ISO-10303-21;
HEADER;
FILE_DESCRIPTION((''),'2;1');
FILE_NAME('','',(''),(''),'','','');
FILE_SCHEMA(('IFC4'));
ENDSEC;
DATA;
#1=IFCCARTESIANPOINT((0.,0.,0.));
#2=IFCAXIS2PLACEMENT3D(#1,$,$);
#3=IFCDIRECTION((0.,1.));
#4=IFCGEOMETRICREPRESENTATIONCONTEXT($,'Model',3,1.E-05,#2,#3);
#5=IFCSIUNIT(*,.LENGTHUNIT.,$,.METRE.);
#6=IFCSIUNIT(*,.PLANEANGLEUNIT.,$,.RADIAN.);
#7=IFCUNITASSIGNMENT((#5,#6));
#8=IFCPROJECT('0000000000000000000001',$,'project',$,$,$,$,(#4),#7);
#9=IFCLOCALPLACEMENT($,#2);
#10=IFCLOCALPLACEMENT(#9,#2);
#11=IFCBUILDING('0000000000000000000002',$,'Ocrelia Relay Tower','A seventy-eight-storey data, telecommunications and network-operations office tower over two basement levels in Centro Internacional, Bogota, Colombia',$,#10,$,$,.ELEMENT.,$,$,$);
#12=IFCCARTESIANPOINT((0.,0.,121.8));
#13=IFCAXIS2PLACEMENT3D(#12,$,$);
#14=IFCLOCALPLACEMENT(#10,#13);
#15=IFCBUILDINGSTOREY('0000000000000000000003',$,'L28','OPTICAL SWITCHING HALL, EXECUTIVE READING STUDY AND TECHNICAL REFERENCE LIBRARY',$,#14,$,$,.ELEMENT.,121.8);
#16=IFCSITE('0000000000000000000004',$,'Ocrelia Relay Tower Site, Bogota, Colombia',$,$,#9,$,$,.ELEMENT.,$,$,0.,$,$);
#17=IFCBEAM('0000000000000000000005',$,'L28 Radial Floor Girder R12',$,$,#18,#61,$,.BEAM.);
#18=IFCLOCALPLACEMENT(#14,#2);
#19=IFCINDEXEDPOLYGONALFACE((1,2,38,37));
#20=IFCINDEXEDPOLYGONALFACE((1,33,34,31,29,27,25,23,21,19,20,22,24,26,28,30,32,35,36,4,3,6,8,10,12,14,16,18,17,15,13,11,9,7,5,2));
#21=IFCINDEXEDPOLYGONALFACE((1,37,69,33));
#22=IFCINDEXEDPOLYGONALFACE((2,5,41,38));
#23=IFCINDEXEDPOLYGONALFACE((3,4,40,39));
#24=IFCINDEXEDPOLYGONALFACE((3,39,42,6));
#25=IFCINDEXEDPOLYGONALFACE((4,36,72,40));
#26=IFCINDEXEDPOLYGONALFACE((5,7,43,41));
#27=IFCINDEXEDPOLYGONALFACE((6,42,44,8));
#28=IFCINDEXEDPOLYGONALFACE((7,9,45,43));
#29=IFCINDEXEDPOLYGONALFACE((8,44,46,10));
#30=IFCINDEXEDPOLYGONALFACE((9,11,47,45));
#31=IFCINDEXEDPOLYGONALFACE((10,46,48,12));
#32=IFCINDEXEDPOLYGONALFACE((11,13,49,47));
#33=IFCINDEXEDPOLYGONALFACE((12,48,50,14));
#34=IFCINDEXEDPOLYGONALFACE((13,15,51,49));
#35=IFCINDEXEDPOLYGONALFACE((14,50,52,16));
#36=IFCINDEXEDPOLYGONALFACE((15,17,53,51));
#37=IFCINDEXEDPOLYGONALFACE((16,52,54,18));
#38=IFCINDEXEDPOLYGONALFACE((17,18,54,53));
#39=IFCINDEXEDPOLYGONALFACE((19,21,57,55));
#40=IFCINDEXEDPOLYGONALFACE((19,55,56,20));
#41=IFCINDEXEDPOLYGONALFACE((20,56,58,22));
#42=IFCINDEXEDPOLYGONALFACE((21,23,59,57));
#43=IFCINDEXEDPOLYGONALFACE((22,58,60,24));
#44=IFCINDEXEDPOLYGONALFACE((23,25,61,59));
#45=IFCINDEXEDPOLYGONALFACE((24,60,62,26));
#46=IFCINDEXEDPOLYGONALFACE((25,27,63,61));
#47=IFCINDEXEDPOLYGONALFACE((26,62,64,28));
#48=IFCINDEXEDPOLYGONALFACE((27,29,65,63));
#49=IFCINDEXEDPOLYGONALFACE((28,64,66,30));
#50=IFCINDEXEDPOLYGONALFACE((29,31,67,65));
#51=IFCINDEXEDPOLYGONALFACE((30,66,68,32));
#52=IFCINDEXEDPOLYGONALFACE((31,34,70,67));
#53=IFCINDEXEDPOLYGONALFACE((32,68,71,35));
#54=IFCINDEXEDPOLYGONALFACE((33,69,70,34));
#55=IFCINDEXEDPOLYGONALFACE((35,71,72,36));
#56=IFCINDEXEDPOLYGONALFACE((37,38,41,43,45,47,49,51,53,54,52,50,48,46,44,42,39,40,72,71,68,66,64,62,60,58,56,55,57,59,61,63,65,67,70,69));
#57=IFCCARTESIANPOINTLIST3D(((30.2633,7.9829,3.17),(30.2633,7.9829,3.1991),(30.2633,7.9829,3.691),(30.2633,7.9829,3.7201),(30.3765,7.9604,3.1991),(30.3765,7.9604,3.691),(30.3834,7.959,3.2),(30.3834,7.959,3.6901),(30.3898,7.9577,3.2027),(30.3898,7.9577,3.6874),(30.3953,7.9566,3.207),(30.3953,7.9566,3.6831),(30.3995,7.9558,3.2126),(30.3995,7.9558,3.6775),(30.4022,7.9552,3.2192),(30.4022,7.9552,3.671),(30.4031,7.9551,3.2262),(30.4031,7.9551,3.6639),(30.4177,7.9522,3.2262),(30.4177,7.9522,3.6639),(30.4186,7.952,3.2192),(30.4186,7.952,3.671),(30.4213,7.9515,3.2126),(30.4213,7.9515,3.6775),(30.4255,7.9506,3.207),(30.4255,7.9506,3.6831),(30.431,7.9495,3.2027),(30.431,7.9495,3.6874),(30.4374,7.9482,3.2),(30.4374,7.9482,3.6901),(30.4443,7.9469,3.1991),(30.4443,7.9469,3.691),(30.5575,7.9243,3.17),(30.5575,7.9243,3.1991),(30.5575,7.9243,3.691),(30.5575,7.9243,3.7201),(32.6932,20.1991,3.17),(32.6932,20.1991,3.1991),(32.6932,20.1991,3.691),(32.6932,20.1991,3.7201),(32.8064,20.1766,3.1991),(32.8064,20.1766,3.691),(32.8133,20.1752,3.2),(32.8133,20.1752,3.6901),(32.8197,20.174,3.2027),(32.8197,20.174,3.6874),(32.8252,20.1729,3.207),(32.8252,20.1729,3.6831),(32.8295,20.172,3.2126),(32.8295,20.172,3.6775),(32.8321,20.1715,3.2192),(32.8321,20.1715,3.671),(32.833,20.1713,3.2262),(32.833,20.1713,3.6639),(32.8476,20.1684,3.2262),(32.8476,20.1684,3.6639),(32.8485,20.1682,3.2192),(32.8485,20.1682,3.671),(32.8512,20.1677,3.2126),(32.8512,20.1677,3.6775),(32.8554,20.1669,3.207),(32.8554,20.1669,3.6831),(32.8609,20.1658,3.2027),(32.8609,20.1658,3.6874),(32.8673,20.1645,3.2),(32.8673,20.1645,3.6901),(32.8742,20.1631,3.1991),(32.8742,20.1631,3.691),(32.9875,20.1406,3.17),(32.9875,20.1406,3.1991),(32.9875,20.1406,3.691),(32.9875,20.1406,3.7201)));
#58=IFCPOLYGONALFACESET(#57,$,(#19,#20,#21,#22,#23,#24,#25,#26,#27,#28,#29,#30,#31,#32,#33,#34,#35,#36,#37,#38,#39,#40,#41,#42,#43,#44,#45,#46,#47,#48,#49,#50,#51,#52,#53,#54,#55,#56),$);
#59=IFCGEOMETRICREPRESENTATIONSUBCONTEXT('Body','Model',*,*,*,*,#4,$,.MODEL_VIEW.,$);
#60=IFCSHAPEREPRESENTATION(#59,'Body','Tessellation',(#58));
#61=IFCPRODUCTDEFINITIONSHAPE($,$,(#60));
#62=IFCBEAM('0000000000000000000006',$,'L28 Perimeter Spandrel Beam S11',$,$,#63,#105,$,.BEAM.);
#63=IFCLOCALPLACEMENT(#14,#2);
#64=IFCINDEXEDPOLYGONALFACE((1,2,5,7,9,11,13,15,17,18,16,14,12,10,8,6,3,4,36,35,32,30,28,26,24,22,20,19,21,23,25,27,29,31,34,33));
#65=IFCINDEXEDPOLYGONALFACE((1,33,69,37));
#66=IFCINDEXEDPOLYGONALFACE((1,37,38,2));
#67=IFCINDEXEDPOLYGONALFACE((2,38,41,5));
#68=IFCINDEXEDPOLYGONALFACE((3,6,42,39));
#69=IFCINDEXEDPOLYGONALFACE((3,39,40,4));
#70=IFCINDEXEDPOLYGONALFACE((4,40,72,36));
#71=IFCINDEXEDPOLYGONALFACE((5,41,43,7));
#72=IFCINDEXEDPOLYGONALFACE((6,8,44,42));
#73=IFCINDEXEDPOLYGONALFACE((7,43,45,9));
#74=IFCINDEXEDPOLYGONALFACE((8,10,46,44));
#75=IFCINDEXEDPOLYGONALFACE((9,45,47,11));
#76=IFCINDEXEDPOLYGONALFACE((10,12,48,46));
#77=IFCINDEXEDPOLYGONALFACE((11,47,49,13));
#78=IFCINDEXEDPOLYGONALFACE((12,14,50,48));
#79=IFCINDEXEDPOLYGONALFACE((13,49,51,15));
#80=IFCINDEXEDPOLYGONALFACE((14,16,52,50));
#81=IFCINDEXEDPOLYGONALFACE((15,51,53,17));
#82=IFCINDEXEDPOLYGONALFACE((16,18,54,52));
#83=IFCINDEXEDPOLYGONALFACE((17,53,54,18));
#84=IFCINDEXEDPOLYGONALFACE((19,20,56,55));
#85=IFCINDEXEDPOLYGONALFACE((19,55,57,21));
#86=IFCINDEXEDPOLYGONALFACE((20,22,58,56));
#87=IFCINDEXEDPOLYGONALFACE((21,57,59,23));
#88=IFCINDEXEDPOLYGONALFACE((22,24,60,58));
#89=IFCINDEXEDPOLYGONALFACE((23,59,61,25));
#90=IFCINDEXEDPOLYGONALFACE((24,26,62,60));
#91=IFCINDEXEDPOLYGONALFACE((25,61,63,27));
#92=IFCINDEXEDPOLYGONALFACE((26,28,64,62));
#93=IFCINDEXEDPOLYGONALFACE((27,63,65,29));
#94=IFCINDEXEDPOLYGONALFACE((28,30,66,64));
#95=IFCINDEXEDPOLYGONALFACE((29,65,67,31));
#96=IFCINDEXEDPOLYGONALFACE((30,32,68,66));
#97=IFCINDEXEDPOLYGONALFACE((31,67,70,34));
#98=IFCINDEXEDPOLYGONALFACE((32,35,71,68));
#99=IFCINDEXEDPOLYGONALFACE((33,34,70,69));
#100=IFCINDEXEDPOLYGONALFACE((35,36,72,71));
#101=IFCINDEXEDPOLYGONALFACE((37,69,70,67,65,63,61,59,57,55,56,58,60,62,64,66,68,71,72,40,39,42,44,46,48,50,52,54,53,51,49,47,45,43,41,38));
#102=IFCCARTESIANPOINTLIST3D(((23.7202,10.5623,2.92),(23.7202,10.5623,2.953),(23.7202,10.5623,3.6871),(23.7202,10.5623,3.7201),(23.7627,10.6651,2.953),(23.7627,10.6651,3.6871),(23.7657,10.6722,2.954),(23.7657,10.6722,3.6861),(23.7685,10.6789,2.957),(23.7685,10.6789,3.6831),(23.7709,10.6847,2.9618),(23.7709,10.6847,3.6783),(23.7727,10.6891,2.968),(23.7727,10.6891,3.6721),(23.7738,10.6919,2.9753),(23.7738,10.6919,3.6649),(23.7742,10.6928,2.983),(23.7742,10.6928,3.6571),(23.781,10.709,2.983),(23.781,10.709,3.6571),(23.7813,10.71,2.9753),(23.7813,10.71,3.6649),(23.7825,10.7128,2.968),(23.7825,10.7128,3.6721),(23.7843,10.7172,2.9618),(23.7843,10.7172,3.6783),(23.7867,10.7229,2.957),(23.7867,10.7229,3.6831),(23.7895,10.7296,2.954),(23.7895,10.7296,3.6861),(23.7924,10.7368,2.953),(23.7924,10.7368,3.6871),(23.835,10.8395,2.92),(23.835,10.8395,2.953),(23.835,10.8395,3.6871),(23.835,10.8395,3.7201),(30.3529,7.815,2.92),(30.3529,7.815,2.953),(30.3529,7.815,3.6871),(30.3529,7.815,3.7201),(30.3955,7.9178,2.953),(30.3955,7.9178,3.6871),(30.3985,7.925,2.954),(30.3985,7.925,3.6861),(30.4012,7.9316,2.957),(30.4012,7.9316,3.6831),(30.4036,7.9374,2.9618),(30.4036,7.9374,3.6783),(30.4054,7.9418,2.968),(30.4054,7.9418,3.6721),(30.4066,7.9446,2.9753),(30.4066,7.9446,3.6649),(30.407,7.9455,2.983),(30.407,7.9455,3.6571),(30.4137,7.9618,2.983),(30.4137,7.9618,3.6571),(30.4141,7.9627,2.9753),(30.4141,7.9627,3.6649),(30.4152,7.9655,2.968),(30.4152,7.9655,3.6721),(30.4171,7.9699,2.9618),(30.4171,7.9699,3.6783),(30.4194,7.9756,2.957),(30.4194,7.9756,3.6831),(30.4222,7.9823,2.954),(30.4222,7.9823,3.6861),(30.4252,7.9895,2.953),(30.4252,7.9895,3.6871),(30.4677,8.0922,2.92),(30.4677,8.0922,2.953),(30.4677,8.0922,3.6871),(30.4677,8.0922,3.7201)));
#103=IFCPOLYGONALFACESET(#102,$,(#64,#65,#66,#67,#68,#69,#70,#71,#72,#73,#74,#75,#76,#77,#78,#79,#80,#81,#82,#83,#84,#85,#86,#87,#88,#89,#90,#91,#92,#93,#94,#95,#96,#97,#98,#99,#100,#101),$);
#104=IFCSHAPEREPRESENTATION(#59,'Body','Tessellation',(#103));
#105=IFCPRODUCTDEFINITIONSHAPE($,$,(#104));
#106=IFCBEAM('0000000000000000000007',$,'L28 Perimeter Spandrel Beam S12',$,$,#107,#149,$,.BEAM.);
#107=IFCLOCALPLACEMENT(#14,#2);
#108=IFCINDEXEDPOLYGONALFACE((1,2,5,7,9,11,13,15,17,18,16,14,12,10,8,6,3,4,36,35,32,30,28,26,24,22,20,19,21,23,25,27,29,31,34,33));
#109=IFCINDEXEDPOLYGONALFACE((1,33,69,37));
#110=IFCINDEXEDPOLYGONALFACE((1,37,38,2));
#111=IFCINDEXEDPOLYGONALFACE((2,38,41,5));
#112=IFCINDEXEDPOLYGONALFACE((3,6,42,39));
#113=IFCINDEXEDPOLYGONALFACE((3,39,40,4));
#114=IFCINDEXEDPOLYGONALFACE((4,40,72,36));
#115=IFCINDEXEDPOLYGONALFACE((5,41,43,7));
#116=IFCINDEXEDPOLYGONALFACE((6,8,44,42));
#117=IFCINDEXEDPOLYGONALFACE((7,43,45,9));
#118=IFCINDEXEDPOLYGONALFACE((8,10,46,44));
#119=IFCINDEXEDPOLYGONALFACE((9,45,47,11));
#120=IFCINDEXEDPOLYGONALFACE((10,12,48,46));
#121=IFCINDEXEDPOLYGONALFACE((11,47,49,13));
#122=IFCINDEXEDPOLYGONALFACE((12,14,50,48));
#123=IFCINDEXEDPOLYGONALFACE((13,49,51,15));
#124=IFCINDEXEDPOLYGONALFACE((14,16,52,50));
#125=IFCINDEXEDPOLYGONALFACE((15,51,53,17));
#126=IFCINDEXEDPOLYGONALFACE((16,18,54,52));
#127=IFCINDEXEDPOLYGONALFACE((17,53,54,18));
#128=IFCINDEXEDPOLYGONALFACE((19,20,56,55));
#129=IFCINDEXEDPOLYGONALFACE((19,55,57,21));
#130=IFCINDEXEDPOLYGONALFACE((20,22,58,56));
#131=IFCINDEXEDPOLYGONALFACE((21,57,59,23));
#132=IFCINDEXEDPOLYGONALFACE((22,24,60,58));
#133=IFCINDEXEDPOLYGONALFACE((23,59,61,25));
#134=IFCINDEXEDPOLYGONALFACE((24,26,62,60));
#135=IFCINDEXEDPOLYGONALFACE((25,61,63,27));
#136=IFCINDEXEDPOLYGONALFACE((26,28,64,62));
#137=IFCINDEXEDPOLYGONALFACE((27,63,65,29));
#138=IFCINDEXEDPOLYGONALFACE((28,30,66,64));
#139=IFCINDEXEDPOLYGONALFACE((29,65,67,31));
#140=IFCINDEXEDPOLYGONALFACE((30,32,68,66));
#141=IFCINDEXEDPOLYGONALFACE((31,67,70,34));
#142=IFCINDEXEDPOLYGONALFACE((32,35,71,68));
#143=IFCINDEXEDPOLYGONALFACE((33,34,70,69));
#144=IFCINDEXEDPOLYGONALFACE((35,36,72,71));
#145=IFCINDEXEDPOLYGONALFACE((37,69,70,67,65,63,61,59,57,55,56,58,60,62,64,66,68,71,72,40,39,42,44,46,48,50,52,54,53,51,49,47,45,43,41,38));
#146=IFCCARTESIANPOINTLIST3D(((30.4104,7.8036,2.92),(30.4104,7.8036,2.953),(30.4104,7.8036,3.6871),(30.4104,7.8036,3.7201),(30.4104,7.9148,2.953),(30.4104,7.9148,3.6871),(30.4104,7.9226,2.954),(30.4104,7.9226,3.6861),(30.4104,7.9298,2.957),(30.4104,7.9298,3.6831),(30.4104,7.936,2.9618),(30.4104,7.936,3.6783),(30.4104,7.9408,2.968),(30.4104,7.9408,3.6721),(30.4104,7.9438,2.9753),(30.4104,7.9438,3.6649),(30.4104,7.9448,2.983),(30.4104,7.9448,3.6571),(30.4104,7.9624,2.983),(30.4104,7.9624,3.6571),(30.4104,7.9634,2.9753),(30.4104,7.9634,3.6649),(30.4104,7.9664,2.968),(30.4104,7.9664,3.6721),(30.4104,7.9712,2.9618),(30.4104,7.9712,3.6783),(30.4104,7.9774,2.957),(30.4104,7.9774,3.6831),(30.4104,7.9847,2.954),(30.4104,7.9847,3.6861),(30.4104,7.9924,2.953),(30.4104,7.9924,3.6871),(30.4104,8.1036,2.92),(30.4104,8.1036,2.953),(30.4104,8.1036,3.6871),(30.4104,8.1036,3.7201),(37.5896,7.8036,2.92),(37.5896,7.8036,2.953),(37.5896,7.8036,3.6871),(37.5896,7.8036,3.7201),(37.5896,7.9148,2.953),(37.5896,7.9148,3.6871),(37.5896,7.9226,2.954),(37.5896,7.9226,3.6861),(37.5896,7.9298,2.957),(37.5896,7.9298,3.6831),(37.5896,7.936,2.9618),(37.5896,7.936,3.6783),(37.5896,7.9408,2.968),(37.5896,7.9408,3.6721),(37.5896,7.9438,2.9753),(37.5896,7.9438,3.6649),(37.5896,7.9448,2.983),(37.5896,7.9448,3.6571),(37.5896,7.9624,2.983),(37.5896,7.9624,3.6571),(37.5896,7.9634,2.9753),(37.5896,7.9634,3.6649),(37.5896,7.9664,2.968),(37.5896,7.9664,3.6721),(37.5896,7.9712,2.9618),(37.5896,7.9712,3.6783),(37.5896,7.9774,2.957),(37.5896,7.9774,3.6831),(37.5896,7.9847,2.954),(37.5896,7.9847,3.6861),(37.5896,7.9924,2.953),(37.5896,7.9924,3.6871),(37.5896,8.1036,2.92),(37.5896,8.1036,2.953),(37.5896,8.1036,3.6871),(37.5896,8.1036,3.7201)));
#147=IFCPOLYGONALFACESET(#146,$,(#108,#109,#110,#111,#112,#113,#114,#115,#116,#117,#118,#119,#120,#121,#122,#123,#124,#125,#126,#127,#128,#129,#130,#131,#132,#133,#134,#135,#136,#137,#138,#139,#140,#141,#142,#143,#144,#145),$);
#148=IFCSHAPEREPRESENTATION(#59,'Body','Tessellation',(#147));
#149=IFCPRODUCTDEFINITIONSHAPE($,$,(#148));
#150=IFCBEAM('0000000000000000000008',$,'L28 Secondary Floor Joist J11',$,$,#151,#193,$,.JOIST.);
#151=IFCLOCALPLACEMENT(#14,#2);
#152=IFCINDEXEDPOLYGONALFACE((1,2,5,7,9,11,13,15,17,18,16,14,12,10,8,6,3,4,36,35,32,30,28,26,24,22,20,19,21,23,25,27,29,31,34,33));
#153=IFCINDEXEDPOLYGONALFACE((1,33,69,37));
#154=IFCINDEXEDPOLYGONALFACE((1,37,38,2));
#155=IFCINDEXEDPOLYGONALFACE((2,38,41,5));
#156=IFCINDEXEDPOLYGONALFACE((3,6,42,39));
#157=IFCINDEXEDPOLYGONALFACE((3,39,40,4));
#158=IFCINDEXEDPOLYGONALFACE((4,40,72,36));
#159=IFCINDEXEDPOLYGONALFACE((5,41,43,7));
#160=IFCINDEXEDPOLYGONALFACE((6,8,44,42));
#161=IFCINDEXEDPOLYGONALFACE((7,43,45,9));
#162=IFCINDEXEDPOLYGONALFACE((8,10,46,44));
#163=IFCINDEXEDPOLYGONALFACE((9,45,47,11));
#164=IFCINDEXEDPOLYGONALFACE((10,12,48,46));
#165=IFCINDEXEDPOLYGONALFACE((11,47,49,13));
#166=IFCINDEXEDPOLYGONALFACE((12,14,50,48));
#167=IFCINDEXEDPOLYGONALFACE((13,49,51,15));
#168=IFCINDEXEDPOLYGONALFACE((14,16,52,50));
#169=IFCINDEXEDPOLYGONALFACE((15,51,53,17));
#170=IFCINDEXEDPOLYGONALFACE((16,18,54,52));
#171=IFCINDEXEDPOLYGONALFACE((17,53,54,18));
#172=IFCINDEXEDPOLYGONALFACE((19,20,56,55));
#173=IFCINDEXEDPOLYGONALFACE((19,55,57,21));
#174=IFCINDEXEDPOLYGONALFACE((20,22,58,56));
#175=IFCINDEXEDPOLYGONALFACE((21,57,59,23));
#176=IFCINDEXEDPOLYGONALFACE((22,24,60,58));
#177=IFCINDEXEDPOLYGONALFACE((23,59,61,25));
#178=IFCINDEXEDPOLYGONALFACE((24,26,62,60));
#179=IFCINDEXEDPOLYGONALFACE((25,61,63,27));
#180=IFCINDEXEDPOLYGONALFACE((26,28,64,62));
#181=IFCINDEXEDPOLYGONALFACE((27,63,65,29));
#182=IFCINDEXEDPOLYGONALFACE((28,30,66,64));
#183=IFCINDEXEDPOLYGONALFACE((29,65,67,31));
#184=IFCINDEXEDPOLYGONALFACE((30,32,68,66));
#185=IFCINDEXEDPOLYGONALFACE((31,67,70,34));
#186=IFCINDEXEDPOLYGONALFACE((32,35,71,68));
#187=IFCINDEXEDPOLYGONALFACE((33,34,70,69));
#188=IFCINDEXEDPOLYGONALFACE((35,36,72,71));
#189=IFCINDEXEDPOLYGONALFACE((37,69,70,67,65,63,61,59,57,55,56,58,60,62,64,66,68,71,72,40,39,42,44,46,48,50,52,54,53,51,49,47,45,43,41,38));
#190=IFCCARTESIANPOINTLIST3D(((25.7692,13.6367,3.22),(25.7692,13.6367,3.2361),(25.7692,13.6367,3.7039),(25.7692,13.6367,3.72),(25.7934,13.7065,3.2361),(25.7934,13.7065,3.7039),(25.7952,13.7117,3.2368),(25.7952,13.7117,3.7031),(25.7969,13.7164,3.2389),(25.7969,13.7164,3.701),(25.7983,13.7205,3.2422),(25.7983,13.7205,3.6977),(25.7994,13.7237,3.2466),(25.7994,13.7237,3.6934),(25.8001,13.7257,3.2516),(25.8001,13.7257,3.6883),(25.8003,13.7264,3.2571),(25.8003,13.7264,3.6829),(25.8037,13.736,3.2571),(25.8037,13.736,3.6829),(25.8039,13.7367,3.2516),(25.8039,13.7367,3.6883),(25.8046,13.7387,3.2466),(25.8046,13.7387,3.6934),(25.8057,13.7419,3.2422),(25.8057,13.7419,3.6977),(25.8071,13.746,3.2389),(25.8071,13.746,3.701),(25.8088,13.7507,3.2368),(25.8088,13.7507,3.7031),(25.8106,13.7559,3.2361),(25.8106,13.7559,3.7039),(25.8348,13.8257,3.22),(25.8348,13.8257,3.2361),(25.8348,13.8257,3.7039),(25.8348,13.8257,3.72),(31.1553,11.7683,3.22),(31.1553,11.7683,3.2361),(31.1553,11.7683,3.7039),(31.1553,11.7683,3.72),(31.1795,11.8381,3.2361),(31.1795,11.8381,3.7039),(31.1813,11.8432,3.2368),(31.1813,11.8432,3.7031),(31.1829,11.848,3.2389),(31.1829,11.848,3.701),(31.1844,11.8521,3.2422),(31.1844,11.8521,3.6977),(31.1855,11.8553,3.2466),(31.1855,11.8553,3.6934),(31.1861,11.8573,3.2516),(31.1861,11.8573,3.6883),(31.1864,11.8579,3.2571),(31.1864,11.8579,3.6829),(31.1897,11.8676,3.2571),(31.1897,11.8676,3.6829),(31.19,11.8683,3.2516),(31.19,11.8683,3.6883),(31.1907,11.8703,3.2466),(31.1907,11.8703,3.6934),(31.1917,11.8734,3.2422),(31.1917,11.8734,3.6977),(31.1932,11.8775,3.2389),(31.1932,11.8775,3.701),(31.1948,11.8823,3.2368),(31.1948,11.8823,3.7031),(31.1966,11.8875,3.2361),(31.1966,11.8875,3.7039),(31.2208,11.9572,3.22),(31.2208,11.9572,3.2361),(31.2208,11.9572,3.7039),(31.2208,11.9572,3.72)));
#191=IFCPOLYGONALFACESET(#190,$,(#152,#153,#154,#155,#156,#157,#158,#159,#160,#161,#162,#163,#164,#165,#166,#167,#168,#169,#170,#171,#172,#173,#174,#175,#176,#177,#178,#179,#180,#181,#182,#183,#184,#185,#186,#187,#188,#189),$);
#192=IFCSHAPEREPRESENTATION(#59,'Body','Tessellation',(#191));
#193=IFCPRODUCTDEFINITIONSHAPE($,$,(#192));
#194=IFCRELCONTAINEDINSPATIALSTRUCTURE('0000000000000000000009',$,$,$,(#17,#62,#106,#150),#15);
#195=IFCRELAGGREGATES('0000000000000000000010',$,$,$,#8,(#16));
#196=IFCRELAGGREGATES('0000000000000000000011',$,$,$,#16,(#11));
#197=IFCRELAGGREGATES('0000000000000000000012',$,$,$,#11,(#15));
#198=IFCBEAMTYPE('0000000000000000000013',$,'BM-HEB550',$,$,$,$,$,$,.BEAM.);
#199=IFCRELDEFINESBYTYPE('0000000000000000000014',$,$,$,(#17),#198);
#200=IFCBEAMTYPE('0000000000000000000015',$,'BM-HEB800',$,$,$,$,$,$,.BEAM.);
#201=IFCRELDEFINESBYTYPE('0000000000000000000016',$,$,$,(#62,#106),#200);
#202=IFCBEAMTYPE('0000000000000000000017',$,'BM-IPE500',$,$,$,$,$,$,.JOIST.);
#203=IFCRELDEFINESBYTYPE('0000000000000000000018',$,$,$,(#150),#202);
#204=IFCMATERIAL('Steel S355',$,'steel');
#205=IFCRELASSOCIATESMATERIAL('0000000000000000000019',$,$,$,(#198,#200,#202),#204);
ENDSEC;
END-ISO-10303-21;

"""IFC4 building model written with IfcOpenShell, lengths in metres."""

from ifc_helpers import new_model, si_unit, direction, frame, origin, origin_2d, place, context, subcontext, project, spatial, i_section, extrude, material, material_profile, profile_set, type_object, element, save


model = new_model("IFC4")

# Units and contexts
model_context = context("Model", 3, precision=1e-05, world=origin(), true_north=direction((0.0, 1.0)))
body_context = subcontext(model_context, "Body", "Model", "MODEL_VIEW")
ifc_project = project(units=[si_unit("LENGTHUNIT", "METRE"), si_unit("PLANEANGLEUNIT", "RADIAN")], contexts=[model_context])

# Site, building, storey
site_placement = place(None, origin())
site = spatial("IfcSite", under=ifc_project, at=site_placement, Name="Ocrelia Relay Tower Site, Bogota, Colombia", CompositionType="ELEMENT", RefElevation=0.0)
building_placement = place(site_placement, origin())
building = spatial("IfcBuilding", under=site, at=building_placement, Name="Ocrelia Relay Tower", Description="A seventy-eight-storey data, telecommunications and network-operations office tower over two basement levels in Centro Internacional, Bogota, Colombia", CompositionType="ELEMENT")
storey_placement = place(building_placement, frame((0.0, 0.0, 121.8)))
storey = spatial("IfcBuildingStorey", under=building, at=storey_placement, Name="L28", Description="OPTICAL SWITCHING HALL, EXECUTIVE READING STUDY AND TECHNICAL REFERENCE LIBRARY", CompositionType="ELEMENT", Elevation=121.8)

# Beams
ifc_material_1 = material(Name="Steel S355", Category="steel")
ifc_material_profile_1 = material_profile(ifc_material_1, i_section(OverallWidth=0.3, OverallDepth=0.55, WebThickness=0.0149, FlangeThickness=0.0291, FilletRadius=0.0271, at=origin_2d()), Name="HEB 550")
ifc_profile_set_1 = profile_set([ifc_material_profile_1], Name="Steel S355")
beam_type_1 = type_object("IfcBeamType", Name="BM-HEB550", PredefinedType="BEAM", material=ifc_profile_set_1)
beam_1_placement = place(storey_placement, frame((30.4104, 7.9536, 3.4451), z_axis=(0.195087, 0.980786, 0.0), x_axis=(-0.980786, 0.195087, 0.0)))
element("IfcBeam", 1, at=beam_1_placement, inside=storey, type_object=beam_type_1, Name="L28 Radial Floor Girder R12", PredefinedType="BEAM", context=body_context, shape_type="SweptSolid", body=[
    extrude(i_section(OverallWidth=0.3, OverallDepth=0.55, WebThickness=0.0149, FlangeThickness=0.0291, FilletRadius=0.0271, at=origin_2d()), origin(), (0.0, 0.0, 1.0), 12.4556),
])
ifc_material_profile_2 = material_profile(ifc_material_1, i_section(OverallWidth=0.3, OverallDepth=0.8, WebThickness=0.0176, FlangeThickness=0.033, FilletRadius=0.03, at=origin_2d()), Name="HEB 800")
ifc_profile_set_2 = profile_set([ifc_material_profile_2], Name="Steel S355")
beam_type_2 = type_object("IfcBeamType", Name="BM-HEB800", PredefinedType="BEAM", material=ifc_profile_set_2)
for number, where, z_axis, x_axis, name in (
    (2, (23.7776, 10.7009, 3.3201), (0.923884, -0.382673, 0.0), (0.382673, 0.923884, 0.0), "L28 Perimeter Spandrel Beam S11"),
    (3, (30.4104, 7.9536, 3.3201), (1.0, 0.0, 0.0), (0.0, 1.0, 0.0), "L28 Perimeter Spandrel Beam S12"),
):
    element("IfcBeam", number, at=place(storey_placement, frame(where, z_axis=z_axis, x_axis=x_axis)), inside=storey, type_object=beam_type_2, Name=name, PredefinedType="BEAM", context=body_context, shape_type="SweptSolid", body=[
        extrude(i_section(OverallWidth=0.3, OverallDepth=0.8, WebThickness=0.0176, FlangeThickness=0.033, FilletRadius=0.03, at=origin_2d()), origin(), (0.0, 0.0, 1.0), 7.1792),
    ])
ifc_material_profile_3 = material_profile(ifc_material_1, i_section(OverallWidth=0.2, OverallDepth=0.5, WebThickness=0.0103, FlangeThickness=0.0161, FilletRadius=0.021, at=origin_2d()), Name="IPE 500")
ifc_profile_set_3 = profile_set([ifc_material_profile_3], Name="Steel S355")
beam_type_3 = type_object("IfcBeamType", Name="BM-IPE500", PredefinedType="JOIST", material=ifc_profile_set_3)
beam_2_placement = place(storey_placement, frame((25.802, 13.7312, 3.47), z_axis=(0.944767, -0.327741, 0.0), x_axis=(0.327741, 0.944767, 0.0)))
element("IfcBeam", 4, at=beam_2_placement, inside=storey, type_object=beam_type_3, Name="L28 Secondary Floor Joist J11", PredefinedType="JOIST", context=body_context, shape_type="SweptSolid", body=[
    extrude(i_section(OverallWidth=0.2, OverallDepth=0.5, WebThickness=0.0103, FlangeThickness=0.0161, FilletRadius=0.021, at=origin_2d()), origin(), (0.0, 0.0, 1.0), 5.7009),
])

save(model, "model.ifc")
